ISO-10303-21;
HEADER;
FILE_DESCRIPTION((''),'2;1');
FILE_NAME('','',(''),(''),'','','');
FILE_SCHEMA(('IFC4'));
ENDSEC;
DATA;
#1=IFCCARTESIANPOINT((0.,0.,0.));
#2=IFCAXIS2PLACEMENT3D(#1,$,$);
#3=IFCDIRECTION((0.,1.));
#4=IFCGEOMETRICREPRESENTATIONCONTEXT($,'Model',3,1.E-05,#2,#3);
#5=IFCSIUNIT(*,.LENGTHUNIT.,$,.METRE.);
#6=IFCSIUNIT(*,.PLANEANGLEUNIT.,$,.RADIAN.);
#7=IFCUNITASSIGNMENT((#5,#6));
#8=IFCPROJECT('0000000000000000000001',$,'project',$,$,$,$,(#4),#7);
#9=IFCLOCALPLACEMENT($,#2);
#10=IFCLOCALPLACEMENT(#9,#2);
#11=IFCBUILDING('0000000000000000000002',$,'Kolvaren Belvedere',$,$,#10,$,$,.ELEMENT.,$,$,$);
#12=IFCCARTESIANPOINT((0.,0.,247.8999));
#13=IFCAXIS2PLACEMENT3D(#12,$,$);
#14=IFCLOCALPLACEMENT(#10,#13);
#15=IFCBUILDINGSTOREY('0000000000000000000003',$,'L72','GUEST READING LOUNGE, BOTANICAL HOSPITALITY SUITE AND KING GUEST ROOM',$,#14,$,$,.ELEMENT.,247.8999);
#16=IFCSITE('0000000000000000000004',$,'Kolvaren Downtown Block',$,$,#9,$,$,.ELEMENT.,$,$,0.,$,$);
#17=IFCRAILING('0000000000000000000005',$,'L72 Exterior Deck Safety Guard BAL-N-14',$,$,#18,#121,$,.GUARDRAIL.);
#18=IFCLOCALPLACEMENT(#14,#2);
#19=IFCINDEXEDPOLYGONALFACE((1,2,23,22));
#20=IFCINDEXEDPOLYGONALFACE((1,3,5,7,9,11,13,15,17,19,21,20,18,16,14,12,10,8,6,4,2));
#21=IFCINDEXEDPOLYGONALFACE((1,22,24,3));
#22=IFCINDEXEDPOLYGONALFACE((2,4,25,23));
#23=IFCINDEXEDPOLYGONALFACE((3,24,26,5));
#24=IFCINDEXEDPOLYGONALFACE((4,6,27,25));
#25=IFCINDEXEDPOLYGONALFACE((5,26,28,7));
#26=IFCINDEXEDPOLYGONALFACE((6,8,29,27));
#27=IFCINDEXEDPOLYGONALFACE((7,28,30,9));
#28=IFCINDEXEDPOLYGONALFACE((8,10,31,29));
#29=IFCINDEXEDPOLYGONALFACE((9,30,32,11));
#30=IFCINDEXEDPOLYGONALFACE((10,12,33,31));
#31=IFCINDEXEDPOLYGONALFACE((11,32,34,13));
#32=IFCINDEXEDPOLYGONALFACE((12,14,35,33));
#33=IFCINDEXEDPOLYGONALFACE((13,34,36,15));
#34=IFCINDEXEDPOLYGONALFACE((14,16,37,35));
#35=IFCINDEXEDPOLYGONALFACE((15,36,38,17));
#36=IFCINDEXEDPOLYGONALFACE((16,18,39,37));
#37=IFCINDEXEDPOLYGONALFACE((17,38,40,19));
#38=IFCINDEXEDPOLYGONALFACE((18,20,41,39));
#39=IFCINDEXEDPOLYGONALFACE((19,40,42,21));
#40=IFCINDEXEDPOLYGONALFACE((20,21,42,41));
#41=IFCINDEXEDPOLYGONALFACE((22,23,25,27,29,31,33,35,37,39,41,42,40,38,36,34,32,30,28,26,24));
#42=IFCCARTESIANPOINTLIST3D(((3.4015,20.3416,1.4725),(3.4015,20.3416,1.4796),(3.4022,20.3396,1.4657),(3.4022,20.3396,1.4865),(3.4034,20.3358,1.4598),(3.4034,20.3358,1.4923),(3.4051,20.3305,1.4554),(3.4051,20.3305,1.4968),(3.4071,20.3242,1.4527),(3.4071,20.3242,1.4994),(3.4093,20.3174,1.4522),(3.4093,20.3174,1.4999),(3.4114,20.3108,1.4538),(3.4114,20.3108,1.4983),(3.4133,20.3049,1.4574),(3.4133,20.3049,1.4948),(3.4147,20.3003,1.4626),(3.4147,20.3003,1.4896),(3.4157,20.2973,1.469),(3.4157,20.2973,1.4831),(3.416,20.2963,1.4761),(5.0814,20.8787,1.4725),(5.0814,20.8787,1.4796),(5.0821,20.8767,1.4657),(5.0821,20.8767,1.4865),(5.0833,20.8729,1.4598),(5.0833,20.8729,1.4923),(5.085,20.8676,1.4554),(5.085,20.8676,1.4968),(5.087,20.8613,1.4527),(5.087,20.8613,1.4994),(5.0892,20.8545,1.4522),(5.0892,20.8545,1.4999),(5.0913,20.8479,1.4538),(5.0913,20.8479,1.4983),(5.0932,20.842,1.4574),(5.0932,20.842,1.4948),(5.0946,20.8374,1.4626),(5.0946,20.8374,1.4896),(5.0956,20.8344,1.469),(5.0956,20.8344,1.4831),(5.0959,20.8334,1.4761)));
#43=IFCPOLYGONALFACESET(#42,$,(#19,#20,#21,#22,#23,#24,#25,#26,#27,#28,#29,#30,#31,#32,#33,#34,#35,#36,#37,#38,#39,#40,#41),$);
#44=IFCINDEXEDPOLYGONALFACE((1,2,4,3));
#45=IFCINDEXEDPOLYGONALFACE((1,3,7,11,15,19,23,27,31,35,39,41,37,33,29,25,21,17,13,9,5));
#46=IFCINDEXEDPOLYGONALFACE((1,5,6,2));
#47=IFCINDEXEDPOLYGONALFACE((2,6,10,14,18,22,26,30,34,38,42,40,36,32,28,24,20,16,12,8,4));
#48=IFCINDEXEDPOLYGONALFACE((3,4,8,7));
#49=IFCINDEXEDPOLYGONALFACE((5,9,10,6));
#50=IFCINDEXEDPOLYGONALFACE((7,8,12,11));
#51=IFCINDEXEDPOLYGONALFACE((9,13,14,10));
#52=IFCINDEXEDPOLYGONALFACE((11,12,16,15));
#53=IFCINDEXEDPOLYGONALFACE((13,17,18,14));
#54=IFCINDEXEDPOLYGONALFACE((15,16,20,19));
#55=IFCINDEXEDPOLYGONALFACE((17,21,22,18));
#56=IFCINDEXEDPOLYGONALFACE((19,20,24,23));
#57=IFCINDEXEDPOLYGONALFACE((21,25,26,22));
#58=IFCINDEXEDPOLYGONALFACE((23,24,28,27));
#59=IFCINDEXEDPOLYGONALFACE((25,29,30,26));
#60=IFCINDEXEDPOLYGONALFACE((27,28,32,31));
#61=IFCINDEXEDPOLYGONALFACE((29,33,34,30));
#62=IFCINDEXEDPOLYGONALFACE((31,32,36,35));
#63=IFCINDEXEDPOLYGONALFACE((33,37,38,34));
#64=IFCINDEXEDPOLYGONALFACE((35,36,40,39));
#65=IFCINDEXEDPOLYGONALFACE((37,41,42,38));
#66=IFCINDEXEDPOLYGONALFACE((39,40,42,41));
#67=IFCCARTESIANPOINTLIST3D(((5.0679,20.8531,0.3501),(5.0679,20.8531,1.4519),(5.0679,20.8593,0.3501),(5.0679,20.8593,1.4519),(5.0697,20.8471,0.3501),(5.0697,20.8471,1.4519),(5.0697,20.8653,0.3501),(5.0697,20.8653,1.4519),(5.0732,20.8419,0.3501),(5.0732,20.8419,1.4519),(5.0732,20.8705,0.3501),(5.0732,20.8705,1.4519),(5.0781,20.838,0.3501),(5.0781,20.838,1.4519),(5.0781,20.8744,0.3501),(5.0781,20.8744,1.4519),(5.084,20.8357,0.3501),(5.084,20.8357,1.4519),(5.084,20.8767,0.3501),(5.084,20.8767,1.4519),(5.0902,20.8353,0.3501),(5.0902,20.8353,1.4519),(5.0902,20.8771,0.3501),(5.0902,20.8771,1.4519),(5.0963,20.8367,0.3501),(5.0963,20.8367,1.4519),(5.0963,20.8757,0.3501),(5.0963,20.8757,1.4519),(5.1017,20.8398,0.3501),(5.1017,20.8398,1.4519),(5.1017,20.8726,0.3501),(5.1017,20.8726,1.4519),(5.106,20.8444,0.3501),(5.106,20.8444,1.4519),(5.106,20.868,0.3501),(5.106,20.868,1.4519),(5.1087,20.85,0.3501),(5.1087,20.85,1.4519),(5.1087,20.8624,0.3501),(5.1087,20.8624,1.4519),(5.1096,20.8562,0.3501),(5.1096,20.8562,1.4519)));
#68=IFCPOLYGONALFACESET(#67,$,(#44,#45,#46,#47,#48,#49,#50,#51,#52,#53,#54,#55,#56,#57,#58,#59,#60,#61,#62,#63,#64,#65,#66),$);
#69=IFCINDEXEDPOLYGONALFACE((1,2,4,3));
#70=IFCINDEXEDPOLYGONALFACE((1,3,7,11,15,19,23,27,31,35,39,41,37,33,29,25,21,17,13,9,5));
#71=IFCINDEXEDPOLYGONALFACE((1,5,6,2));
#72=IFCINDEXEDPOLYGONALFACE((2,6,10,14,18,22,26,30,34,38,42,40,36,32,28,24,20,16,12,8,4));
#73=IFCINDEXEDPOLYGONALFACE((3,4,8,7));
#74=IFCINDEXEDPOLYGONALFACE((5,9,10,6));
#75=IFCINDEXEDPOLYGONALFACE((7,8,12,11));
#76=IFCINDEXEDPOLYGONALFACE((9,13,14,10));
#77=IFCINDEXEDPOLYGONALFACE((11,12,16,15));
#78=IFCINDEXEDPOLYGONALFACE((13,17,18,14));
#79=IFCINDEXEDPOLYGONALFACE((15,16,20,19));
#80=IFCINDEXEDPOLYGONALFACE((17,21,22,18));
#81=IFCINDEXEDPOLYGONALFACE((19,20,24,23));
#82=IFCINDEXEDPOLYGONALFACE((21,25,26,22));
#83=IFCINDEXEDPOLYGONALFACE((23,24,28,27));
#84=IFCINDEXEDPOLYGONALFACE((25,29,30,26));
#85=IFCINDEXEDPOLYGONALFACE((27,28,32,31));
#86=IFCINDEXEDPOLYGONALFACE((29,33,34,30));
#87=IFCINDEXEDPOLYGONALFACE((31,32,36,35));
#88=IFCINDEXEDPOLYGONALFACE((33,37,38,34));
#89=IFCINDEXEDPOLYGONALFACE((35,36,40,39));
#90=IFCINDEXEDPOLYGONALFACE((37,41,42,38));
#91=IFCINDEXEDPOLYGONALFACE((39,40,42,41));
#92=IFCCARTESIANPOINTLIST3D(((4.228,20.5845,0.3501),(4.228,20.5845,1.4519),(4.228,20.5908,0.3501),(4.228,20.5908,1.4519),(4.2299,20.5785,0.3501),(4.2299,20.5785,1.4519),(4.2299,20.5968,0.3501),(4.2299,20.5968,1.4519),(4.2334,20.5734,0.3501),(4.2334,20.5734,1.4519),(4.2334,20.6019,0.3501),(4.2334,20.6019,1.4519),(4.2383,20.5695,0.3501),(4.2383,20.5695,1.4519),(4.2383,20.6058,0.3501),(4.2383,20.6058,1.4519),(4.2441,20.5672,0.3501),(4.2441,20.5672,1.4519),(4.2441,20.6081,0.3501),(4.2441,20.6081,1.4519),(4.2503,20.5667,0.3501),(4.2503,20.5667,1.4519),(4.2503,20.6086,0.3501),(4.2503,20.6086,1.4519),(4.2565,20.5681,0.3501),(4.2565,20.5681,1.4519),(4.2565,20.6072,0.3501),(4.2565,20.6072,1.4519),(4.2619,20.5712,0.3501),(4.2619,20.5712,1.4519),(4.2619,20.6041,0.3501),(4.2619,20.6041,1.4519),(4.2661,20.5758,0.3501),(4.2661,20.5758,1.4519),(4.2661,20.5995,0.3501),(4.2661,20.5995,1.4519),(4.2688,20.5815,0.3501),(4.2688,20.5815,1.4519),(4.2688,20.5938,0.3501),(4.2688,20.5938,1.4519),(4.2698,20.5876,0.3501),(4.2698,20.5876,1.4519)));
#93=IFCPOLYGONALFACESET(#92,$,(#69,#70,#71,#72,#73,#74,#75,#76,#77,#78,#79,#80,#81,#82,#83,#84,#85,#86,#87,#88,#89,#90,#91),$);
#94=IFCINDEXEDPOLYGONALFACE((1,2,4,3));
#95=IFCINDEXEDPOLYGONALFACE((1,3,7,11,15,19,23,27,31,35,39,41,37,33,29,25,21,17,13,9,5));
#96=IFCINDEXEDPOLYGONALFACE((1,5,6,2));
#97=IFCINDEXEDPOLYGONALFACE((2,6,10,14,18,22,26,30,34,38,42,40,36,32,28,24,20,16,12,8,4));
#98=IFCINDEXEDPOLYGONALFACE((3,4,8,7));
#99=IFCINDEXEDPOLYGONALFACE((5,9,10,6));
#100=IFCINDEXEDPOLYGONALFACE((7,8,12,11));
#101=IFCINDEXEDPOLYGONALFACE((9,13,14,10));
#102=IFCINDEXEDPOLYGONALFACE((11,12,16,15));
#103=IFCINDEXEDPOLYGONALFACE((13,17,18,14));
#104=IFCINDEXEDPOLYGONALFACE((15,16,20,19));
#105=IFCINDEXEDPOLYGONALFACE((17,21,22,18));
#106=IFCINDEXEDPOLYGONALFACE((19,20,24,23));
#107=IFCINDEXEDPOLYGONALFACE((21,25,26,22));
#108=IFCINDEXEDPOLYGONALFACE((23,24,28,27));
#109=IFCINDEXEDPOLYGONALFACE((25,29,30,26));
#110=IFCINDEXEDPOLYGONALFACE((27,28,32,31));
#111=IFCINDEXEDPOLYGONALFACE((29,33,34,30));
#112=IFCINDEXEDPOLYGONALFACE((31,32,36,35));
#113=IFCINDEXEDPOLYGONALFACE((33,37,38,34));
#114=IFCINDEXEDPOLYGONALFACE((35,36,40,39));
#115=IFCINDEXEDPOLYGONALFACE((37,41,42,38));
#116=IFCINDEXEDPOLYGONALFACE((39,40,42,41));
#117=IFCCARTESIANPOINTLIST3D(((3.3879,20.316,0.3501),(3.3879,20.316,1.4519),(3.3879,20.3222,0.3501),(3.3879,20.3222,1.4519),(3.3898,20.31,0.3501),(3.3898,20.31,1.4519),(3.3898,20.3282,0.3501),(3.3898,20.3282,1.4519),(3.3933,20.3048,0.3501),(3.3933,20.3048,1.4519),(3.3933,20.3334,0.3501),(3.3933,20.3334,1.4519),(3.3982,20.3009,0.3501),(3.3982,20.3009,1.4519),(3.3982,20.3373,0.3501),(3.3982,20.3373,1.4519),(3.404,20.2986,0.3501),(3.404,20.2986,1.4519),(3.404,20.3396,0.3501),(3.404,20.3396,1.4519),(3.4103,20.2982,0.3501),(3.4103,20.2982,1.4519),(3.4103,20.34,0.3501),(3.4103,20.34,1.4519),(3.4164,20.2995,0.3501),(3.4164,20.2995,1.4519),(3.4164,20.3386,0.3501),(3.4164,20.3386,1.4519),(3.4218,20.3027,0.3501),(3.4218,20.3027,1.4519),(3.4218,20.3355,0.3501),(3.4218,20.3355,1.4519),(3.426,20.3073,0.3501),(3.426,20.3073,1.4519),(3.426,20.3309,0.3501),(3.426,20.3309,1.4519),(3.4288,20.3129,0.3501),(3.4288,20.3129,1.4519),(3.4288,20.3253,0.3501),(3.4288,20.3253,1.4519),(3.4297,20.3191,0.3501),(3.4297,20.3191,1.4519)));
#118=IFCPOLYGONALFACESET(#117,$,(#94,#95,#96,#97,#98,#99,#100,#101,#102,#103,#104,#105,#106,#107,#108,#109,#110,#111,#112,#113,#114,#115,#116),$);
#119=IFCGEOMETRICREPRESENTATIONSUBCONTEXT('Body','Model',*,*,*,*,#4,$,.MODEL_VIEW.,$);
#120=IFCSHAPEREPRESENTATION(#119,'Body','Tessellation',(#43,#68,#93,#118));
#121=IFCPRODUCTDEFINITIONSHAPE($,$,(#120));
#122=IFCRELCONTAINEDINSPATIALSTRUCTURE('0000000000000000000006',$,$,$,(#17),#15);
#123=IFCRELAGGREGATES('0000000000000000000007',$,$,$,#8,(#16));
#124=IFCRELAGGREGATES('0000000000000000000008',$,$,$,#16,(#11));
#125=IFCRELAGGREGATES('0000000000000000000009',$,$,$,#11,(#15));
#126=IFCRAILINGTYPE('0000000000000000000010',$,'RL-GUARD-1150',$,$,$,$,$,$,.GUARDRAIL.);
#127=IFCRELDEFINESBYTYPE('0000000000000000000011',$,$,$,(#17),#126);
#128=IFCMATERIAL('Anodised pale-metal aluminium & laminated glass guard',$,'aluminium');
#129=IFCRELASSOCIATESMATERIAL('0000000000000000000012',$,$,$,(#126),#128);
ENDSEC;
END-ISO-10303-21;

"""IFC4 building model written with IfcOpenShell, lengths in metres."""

from ifc_helpers import new_model, si_unit, direction, frame, origin, origin_2d, place, context, subcontext, project, spatial, circle, extrude, material, type_object, element, save


model = new_model("IFC4")

# Units and contexts
model_context = context("Model", 3, precision=1e-05, world=origin(), true_north=direction((0.0, 1.0)))
body_context = subcontext(model_context, "Body", "Model", "MODEL_VIEW")
ifc_project = project(units=[si_unit("LENGTHUNIT", "METRE"), si_unit("PLANEANGLEUNIT", "RADIAN")], contexts=[model_context])

# Site, building, storey
site_placement = place(None, origin())
site = spatial("IfcSite", under=ifc_project, at=site_placement, Name="Kolvaren Downtown Block", CompositionType="ELEMENT", RefElevation=0.0)
building_placement = place(site_placement, origin())
building = spatial("IfcBuilding", under=site, at=building_placement, Name="Kolvaren Belvedere", CompositionType="ELEMENT")
storey_placement = place(building_placement, frame((0.0, 0.0, 247.8999)))
storey = spatial("IfcBuildingStorey", under=building, at=storey_placement, Name="L72", Description="GUEST READING LOUNGE, BOTANICAL HOSPITALITY SUITE AND KING GUEST ROOM", CompositionType="ELEMENT", Elevation=247.8999)

# Railing
ifc_material_1 = material(Name="Anodised pale-metal aluminium & laminated glass guard", Category="aluminium")
railing_type = type_object("IfcRailingType", Name="RL-GUARD-1150", PredefinedType="GUARDRAIL", material=ifc_material_1)
railing_1_placement = place(storey_placement, frame((5.0886, 20.8562, 0.3501)))
element("IfcRailing", 1, at=railing_1_placement, inside=storey, type_object=railing_type, Name="L72 Exterior Deck Safety Guard BAL-N-14", PredefinedType="GUARDRAIL", context=body_context, shape_type="SweptSolid", body=[
    extrude(circle(Radius=0.0239, at=origin_2d()), frame((0.0, 0.0, 1.126), z_axis=(-0.952501, -0.304535, 0.0), x_axis=(0.304535, -0.952501, 0.0)), (0.0, 0.0, 1.0), 1.7637),
    extrude(circle(Radius=0.021, at=origin_2d()), origin(), (0.0, 0.0, 1.0), 1.1018),
    extrude(circle(Radius=0.021, at=origin_2d()), frame((-0.8398, -0.2686, 0.0)), (0.0, 0.0, 1.0), 1.1018),
    extrude(circle(Radius=0.021, at=origin_2d()), frame((-1.6799, -0.5371, 0.0)), (0.0, 0.0, 1.0), 1.1018),
])

save(model, "model.ifc")
